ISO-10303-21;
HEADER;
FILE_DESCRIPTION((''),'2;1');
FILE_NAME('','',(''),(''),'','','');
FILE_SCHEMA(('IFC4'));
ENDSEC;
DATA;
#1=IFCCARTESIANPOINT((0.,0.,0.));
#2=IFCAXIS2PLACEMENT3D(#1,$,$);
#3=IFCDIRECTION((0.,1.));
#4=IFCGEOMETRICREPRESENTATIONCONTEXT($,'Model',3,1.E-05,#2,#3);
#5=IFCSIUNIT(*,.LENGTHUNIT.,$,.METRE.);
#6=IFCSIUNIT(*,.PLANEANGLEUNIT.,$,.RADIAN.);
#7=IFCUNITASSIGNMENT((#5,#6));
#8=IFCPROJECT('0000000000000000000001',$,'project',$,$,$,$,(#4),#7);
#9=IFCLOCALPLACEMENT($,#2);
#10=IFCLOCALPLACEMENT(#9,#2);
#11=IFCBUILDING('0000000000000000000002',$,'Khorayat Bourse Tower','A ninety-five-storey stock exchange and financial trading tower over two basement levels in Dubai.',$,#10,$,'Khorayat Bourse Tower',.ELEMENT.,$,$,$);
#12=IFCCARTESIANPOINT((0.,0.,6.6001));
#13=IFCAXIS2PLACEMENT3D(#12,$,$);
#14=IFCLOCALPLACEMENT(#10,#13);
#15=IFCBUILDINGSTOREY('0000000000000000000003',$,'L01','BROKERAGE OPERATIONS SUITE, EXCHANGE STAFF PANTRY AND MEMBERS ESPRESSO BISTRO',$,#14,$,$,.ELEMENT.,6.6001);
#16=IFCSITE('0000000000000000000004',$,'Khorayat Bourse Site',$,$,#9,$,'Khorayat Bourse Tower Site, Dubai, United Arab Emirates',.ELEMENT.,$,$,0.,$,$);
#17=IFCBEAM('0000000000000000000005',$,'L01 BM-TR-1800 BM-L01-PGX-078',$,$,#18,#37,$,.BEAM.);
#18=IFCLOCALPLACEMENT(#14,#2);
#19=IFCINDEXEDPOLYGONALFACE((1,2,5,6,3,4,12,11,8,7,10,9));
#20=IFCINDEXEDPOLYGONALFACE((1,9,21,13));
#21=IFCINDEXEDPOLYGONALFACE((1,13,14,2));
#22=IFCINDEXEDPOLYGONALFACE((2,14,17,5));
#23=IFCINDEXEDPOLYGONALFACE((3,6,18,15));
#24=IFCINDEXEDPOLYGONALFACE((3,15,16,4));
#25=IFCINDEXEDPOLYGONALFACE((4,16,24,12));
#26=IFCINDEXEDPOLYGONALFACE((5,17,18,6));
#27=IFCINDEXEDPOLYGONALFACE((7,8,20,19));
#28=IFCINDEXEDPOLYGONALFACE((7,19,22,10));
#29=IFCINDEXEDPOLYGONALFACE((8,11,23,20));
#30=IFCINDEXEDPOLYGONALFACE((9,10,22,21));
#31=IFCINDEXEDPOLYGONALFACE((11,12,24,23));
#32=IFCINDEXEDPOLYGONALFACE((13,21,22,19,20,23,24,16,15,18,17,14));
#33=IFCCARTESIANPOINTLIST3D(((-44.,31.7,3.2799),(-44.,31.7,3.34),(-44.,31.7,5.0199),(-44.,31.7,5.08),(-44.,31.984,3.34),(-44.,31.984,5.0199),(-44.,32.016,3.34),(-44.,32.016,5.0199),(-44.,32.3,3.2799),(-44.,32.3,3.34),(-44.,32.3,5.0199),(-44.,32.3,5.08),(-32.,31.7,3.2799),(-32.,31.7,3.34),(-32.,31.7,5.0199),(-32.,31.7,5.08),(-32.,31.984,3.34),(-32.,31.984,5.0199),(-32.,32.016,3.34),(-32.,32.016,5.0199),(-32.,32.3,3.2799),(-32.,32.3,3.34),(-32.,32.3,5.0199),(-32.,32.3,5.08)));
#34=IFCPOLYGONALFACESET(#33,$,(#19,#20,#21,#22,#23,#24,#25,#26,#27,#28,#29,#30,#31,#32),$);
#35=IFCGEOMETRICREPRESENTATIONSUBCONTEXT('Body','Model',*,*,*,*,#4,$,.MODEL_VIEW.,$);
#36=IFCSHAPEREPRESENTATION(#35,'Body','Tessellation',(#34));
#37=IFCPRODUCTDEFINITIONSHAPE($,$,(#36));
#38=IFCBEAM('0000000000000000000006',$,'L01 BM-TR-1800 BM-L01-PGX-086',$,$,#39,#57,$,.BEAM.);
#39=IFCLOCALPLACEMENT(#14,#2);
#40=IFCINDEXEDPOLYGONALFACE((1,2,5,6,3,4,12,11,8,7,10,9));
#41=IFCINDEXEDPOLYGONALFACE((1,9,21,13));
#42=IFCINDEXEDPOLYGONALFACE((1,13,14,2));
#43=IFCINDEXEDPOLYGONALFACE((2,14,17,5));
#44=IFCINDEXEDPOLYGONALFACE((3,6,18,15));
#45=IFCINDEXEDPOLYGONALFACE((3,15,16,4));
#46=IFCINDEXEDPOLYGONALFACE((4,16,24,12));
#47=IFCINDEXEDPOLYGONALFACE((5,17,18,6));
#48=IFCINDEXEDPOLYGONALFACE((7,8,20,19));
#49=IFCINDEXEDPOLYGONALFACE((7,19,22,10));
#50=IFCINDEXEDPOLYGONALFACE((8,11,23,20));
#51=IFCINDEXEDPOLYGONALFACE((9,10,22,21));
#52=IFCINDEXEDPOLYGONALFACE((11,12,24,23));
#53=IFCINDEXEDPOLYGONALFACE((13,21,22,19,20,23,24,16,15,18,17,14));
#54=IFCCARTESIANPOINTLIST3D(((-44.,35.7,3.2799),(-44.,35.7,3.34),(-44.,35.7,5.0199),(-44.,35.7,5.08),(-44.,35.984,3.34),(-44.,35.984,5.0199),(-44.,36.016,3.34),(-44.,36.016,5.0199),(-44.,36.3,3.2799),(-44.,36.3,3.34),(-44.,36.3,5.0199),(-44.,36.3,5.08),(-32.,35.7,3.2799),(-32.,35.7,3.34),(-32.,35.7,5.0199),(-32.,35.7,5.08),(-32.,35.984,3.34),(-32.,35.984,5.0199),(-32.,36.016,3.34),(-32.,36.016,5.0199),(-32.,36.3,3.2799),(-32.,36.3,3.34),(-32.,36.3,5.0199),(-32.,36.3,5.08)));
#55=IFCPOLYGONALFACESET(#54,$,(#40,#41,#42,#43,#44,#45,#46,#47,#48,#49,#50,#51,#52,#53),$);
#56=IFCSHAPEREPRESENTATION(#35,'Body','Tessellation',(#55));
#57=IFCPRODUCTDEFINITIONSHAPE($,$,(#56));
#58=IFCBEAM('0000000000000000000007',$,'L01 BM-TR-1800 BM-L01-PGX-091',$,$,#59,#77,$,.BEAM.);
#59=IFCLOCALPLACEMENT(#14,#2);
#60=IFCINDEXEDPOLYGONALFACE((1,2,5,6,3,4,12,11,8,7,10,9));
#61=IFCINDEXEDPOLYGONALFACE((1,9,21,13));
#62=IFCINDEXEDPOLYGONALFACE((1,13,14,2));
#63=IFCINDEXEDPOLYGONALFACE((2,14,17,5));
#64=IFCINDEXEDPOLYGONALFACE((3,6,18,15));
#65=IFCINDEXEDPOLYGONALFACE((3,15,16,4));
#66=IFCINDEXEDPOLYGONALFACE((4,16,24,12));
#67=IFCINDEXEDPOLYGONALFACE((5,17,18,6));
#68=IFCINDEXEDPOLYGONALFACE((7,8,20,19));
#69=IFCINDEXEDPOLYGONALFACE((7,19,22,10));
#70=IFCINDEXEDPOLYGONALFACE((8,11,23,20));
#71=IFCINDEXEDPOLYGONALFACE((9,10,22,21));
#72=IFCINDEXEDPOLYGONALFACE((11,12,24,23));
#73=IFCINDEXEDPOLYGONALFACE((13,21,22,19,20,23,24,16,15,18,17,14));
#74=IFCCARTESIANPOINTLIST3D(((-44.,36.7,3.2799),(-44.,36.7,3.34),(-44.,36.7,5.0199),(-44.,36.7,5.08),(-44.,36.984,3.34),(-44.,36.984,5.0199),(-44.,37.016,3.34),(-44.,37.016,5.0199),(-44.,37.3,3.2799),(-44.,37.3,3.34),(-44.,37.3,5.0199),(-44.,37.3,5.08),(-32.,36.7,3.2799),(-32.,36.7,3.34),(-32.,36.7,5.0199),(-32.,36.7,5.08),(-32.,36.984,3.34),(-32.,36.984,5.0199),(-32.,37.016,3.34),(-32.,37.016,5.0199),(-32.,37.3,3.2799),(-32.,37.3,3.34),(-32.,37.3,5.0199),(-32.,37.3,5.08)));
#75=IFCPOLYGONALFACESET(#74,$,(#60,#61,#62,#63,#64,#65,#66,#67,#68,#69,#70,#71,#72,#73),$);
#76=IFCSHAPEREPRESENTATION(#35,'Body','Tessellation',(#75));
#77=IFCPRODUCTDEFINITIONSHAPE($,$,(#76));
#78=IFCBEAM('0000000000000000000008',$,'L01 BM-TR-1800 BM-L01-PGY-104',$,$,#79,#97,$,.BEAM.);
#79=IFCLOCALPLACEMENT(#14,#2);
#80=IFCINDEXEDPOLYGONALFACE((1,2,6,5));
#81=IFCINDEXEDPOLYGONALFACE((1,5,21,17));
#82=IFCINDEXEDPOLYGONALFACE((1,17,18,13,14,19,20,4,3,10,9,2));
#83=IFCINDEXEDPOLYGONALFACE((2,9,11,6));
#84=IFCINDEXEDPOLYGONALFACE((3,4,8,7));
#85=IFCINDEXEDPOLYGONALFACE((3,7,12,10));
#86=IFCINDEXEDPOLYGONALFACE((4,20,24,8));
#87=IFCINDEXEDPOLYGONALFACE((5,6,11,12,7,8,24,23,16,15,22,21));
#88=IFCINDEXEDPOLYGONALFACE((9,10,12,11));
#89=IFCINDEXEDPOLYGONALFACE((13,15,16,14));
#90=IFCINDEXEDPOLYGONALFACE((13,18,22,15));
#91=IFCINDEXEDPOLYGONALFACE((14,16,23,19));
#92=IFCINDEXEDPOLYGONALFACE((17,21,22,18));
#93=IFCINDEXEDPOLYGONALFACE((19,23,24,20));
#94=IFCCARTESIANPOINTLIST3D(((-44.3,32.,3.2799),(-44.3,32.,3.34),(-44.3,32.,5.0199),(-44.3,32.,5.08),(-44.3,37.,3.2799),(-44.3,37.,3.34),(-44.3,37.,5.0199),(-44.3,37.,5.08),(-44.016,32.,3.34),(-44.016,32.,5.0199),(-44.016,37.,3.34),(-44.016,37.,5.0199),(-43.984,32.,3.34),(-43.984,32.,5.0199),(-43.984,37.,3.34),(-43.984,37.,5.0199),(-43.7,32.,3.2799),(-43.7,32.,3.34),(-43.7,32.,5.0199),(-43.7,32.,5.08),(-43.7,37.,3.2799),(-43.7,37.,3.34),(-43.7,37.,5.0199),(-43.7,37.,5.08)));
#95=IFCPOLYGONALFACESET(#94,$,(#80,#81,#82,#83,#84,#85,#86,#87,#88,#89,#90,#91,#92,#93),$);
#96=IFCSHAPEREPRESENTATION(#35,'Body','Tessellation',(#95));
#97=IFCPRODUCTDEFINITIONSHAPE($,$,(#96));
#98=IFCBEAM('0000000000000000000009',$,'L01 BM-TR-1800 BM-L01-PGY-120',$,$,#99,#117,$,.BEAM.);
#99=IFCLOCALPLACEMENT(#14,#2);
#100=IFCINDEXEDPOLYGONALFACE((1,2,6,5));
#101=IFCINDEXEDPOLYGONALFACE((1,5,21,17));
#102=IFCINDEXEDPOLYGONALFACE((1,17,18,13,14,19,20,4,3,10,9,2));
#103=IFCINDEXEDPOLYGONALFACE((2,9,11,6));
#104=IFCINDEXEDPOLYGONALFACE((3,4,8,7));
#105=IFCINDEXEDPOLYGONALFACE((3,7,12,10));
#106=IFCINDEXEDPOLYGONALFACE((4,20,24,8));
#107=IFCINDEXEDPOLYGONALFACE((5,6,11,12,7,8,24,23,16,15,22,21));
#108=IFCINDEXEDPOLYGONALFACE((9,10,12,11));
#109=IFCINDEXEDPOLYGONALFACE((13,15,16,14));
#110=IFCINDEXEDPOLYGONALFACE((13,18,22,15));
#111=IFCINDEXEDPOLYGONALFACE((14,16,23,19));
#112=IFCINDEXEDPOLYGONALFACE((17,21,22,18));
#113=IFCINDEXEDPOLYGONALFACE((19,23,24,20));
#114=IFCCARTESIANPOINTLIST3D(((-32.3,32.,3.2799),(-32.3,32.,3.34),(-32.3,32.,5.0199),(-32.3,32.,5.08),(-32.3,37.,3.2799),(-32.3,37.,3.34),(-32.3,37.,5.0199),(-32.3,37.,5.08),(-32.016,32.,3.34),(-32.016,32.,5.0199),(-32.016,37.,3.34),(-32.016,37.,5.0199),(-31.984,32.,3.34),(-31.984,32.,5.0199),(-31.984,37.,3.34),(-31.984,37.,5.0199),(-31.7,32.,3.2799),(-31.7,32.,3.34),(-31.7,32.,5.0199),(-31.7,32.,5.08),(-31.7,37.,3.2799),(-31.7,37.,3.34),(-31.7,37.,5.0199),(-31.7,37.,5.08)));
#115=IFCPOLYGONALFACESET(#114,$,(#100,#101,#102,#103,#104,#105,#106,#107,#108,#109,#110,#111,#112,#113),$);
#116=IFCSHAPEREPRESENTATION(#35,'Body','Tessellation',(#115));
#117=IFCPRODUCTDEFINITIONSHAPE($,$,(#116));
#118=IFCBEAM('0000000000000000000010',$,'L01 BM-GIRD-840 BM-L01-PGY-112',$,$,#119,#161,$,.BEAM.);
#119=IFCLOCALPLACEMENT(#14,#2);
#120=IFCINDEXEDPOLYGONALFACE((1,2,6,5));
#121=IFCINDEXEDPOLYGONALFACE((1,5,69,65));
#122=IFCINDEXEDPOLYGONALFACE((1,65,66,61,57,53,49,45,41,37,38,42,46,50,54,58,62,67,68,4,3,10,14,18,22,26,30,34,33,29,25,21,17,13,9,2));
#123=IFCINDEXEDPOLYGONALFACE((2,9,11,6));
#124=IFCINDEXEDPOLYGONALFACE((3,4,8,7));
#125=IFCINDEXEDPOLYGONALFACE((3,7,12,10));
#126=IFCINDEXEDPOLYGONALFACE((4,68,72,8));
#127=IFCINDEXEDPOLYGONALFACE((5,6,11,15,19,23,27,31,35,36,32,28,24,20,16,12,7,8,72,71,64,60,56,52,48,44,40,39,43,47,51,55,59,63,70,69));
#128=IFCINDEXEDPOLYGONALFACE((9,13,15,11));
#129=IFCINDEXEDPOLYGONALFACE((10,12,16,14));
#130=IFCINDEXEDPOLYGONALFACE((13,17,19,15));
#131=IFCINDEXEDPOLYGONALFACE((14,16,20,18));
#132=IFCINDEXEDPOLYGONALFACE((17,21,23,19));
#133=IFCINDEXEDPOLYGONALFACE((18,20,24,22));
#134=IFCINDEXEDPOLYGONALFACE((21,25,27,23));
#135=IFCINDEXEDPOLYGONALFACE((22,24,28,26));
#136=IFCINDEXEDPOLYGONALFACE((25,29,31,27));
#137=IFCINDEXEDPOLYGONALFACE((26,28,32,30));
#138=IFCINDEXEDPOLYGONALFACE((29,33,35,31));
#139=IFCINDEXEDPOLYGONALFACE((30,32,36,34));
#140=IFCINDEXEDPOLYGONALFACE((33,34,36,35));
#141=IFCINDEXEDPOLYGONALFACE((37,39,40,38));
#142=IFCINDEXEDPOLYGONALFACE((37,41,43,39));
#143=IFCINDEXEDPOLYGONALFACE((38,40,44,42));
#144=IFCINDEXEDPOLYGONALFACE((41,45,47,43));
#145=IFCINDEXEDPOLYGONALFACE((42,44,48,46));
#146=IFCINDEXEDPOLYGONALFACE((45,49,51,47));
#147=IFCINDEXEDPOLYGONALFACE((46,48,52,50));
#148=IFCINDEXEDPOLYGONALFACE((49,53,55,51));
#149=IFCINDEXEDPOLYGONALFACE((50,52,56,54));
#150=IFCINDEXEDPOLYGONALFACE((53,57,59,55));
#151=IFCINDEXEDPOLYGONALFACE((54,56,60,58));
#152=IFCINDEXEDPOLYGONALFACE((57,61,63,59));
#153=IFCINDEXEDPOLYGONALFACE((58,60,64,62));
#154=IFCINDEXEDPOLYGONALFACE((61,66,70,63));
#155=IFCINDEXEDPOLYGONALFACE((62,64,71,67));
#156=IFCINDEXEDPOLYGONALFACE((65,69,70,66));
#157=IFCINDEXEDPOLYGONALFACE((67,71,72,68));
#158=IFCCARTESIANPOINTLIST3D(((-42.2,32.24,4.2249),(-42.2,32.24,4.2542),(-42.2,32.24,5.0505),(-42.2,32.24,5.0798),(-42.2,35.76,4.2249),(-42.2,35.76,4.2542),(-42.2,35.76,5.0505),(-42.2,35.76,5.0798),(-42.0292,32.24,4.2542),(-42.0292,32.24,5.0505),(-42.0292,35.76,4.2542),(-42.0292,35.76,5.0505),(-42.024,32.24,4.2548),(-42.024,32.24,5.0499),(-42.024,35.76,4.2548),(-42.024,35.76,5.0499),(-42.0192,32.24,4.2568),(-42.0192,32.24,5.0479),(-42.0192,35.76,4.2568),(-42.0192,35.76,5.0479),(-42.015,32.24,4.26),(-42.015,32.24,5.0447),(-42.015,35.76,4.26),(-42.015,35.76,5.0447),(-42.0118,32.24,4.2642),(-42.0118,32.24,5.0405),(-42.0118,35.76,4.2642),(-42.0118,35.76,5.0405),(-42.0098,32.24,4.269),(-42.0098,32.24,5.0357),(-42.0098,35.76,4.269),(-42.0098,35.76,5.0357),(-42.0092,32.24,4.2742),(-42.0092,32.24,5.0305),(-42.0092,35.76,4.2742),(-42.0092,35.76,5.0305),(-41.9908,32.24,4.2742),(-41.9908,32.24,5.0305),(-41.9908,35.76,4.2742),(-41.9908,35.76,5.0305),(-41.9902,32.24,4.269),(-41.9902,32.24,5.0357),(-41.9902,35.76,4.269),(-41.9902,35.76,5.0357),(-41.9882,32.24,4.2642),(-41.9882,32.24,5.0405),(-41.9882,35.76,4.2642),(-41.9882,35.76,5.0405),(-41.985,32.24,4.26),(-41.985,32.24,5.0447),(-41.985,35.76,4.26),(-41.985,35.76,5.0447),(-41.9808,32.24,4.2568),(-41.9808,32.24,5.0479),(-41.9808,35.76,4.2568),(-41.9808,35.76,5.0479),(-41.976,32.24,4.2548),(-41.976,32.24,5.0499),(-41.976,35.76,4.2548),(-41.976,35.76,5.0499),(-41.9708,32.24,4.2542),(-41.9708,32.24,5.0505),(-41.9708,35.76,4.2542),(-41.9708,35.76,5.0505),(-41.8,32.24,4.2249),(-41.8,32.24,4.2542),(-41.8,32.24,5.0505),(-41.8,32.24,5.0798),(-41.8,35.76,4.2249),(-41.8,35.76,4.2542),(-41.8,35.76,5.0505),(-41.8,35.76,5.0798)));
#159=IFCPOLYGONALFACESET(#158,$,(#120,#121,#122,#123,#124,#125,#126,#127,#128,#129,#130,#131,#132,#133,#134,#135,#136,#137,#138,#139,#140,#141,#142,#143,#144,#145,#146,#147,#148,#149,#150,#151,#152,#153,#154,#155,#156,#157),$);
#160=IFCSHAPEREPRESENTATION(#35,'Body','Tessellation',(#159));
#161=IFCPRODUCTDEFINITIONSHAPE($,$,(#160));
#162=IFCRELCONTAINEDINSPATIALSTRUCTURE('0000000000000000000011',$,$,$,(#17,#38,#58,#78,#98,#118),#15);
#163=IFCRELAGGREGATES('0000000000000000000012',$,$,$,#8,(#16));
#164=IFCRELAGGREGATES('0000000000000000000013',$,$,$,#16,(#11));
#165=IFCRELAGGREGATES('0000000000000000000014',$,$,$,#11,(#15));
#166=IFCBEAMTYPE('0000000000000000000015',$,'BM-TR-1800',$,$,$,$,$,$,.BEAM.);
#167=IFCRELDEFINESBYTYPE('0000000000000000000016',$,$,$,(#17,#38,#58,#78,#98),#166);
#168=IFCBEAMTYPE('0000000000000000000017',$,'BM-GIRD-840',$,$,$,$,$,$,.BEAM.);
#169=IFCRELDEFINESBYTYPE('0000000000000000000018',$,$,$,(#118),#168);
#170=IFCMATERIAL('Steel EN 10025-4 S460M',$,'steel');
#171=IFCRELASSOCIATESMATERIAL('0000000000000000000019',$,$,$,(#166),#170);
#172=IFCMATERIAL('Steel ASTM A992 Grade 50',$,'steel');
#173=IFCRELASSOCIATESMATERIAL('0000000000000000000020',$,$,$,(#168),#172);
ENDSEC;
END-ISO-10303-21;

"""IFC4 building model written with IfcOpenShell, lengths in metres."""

from ifc_helpers import new_model, si_unit, direction, frame, origin, origin_2d, place, context, subcontext, project, spatial, i_section, extrude, source, transform, mapped, material, material_profile, profile_set, type_object, element, save


model = new_model("IFC4")

# Units and contexts
model_context = context("Model", 3, precision=1e-05, world=origin(), true_north=direction((0.0, 1.0)))
body_context = subcontext(model_context, "Body", "Model", "MODEL_VIEW")
ifc_project = project(units=[si_unit("LENGTHUNIT", "METRE"), si_unit("PLANEANGLEUNIT", "RADIAN")], contexts=[model_context])

# Site, building, storey
site_placement = place(None, origin())
site = spatial("IfcSite", under=ifc_project, at=site_placement, Name="Khorayat Bourse Site", LongName="Khorayat Bourse Tower Site, Dubai, United Arab Emirates", CompositionType="ELEMENT", RefElevation=0.0)
building_placement = place(site_placement, origin())
building = spatial("IfcBuilding", under=site, at=building_placement, Name="Khorayat Bourse Tower", Description="A ninety-five-storey stock exchange and financial trading tower over two basement levels in Dubai.", LongName="Khorayat Bourse Tower", CompositionType="ELEMENT")
storey_placement = place(building_placement, frame((0.0, 0.0, 6.6001)))
storey = spatial("IfcBuildingStorey", under=building, at=storey_placement, Name="L01", Description="BROKERAGE OPERATIONS SUITE, EXCHANGE STAFF PANTRY AND MEMBERS ESPRESSO BISTRO", CompositionType="ELEMENT", Elevation=6.6001)

# Beams
ifc_material_1 = material(Name="Steel EN 10025-4 S460M", Category="steel")
ifc_material_profile_1 = material_profile(ifc_material_1, i_section(OverallWidth=0.6001, OverallDepth=1.8, WebThickness=0.032, FlangeThickness=0.0601, at=origin_2d()), Name="PG 1800x600x32x60")
ifc_profile_set_1 = profile_set([ifc_material_profile_1], Name="Steel EN 10025-4 S460M")
beam_type_1 = type_object("IfcBeamType", Name="BM-TR-1800", PredefinedType="BEAM", material=ifc_profile_set_1)
ifc_material_2 = material(Name="Steel ASTM A992 Grade 50", Category="steel")
ifc_material_profile_2 = material_profile(ifc_material_2, i_section(OverallWidth=0.3999, OverallDepth=0.855, WebThickness=0.0183, FlangeThickness=0.0293, FilletRadius=0.02, at=origin_2d()), Name="W840X299")
ifc_profile_set_2 = profile_set([ifc_material_profile_2], Name="Steel ASTM A992 Grade 50")
beam_type_2 = type_object("IfcBeamType", Name="BM-GIRD-840", PredefinedType="BEAM", material=ifc_profile_set_2)
shared_shape_1 = source(origin(), body_context, "Body", "SweptSolid", [
    extrude(i_section(OverallWidth=0.6001, OverallDepth=1.8, WebThickness=0.032, FlangeThickness=0.0601, at=origin_2d()), origin(), (0.0, 0.0, 1.0), 12.0),
])
for number, where, z_axis, x_axis, name in (
    (1, (-44.0, 32.0, 4.1799), (1.0, 0.0, 0.0), (0.0, 1.0, 0.0), "L01 BM-TR-1800 BM-L01-PGX-078"),
    (2, (-44.0, 36.0, 4.1799), (1.0, 0.0, 0.0), (0.0, 1.0, 0.0), "L01 BM-TR-1800 BM-L01-PGX-086"),
    (3, (-44.0, 37.0, 4.1799), (1.0, 0.0, 0.0), (0.0, 1.0, 0.0), "L01 BM-TR-1800 BM-L01-PGX-091"),
):
    element("IfcBeam", number, at=place(storey_placement, frame(where, z_axis=z_axis, x_axis=x_axis)), inside=storey, type_object=beam_type_1, Name=name, PredefinedType="BEAM", context=body_context, shape_type="MappedRepresentation", body=[
        mapped(shared_shape_1, transform((0.0, 0.0, 0.0), scale=1.0)),
    ])
shared_shape_2 = source(origin(), body_context, "Body", "SweptSolid", [
    extrude(i_section(OverallWidth=0.6001, OverallDepth=1.8, WebThickness=0.032, FlangeThickness=0.0601, at=origin_2d()), origin(), (0.0, 0.0, 1.0), 5.0),
])
for number, where, z_axis, x_axis, name in (
    (4, (-44.0, 32.0, 4.1799), (0.0, 1.0, 0.0), (-1.0, 0.0, 0.0), "L01 BM-TR-1800 BM-L01-PGY-104"),
    (5, (-32.0, 32.0, 4.1799), (0.0, 1.0, 0.0), (-1.0, 0.0, 0.0), "L01 BM-TR-1800 BM-L01-PGY-120"),
):
    element("IfcBeam", number, at=place(storey_placement, frame(where, z_axis=z_axis, x_axis=x_axis)), inside=storey, type_object=beam_type_1, Name=name, PredefinedType="BEAM", context=body_context, shape_type="MappedRepresentation", body=[
        mapped(shared_shape_2, transform((0.0, 0.0, 0.0), scale=1.0)),
    ])
shared_shape_3 = source(origin(), body_context, "Body", "SweptSolid", [
    extrude(i_section(OverallWidth=0.3999, OverallDepth=0.855, WebThickness=0.0183, FlangeThickness=0.0293, FilletRadius=0.02, at=origin_2d()), origin(), (0.0, 0.0, 1.0), 3.52),
])
beam_1_placement = place(storey_placement, frame((-42.0, 32.24, 4.6523), z_axis=(0.0, 1.0, 0.0), x_axis=(-1.0, 0.0, 0.0)))
element("IfcBeam", 6, at=beam_1_placement, inside=storey, type_object=beam_type_2, Name="L01 BM-GIRD-840 BM-L01-PGY-112", PredefinedType="BEAM", context=body_context, shape_type="MappedRepresentation", body=[
    mapped(shared_shape_3, transform((0.0, 0.0, 0.0), scale=1.0)),
])

save(model, "model.ifc")
